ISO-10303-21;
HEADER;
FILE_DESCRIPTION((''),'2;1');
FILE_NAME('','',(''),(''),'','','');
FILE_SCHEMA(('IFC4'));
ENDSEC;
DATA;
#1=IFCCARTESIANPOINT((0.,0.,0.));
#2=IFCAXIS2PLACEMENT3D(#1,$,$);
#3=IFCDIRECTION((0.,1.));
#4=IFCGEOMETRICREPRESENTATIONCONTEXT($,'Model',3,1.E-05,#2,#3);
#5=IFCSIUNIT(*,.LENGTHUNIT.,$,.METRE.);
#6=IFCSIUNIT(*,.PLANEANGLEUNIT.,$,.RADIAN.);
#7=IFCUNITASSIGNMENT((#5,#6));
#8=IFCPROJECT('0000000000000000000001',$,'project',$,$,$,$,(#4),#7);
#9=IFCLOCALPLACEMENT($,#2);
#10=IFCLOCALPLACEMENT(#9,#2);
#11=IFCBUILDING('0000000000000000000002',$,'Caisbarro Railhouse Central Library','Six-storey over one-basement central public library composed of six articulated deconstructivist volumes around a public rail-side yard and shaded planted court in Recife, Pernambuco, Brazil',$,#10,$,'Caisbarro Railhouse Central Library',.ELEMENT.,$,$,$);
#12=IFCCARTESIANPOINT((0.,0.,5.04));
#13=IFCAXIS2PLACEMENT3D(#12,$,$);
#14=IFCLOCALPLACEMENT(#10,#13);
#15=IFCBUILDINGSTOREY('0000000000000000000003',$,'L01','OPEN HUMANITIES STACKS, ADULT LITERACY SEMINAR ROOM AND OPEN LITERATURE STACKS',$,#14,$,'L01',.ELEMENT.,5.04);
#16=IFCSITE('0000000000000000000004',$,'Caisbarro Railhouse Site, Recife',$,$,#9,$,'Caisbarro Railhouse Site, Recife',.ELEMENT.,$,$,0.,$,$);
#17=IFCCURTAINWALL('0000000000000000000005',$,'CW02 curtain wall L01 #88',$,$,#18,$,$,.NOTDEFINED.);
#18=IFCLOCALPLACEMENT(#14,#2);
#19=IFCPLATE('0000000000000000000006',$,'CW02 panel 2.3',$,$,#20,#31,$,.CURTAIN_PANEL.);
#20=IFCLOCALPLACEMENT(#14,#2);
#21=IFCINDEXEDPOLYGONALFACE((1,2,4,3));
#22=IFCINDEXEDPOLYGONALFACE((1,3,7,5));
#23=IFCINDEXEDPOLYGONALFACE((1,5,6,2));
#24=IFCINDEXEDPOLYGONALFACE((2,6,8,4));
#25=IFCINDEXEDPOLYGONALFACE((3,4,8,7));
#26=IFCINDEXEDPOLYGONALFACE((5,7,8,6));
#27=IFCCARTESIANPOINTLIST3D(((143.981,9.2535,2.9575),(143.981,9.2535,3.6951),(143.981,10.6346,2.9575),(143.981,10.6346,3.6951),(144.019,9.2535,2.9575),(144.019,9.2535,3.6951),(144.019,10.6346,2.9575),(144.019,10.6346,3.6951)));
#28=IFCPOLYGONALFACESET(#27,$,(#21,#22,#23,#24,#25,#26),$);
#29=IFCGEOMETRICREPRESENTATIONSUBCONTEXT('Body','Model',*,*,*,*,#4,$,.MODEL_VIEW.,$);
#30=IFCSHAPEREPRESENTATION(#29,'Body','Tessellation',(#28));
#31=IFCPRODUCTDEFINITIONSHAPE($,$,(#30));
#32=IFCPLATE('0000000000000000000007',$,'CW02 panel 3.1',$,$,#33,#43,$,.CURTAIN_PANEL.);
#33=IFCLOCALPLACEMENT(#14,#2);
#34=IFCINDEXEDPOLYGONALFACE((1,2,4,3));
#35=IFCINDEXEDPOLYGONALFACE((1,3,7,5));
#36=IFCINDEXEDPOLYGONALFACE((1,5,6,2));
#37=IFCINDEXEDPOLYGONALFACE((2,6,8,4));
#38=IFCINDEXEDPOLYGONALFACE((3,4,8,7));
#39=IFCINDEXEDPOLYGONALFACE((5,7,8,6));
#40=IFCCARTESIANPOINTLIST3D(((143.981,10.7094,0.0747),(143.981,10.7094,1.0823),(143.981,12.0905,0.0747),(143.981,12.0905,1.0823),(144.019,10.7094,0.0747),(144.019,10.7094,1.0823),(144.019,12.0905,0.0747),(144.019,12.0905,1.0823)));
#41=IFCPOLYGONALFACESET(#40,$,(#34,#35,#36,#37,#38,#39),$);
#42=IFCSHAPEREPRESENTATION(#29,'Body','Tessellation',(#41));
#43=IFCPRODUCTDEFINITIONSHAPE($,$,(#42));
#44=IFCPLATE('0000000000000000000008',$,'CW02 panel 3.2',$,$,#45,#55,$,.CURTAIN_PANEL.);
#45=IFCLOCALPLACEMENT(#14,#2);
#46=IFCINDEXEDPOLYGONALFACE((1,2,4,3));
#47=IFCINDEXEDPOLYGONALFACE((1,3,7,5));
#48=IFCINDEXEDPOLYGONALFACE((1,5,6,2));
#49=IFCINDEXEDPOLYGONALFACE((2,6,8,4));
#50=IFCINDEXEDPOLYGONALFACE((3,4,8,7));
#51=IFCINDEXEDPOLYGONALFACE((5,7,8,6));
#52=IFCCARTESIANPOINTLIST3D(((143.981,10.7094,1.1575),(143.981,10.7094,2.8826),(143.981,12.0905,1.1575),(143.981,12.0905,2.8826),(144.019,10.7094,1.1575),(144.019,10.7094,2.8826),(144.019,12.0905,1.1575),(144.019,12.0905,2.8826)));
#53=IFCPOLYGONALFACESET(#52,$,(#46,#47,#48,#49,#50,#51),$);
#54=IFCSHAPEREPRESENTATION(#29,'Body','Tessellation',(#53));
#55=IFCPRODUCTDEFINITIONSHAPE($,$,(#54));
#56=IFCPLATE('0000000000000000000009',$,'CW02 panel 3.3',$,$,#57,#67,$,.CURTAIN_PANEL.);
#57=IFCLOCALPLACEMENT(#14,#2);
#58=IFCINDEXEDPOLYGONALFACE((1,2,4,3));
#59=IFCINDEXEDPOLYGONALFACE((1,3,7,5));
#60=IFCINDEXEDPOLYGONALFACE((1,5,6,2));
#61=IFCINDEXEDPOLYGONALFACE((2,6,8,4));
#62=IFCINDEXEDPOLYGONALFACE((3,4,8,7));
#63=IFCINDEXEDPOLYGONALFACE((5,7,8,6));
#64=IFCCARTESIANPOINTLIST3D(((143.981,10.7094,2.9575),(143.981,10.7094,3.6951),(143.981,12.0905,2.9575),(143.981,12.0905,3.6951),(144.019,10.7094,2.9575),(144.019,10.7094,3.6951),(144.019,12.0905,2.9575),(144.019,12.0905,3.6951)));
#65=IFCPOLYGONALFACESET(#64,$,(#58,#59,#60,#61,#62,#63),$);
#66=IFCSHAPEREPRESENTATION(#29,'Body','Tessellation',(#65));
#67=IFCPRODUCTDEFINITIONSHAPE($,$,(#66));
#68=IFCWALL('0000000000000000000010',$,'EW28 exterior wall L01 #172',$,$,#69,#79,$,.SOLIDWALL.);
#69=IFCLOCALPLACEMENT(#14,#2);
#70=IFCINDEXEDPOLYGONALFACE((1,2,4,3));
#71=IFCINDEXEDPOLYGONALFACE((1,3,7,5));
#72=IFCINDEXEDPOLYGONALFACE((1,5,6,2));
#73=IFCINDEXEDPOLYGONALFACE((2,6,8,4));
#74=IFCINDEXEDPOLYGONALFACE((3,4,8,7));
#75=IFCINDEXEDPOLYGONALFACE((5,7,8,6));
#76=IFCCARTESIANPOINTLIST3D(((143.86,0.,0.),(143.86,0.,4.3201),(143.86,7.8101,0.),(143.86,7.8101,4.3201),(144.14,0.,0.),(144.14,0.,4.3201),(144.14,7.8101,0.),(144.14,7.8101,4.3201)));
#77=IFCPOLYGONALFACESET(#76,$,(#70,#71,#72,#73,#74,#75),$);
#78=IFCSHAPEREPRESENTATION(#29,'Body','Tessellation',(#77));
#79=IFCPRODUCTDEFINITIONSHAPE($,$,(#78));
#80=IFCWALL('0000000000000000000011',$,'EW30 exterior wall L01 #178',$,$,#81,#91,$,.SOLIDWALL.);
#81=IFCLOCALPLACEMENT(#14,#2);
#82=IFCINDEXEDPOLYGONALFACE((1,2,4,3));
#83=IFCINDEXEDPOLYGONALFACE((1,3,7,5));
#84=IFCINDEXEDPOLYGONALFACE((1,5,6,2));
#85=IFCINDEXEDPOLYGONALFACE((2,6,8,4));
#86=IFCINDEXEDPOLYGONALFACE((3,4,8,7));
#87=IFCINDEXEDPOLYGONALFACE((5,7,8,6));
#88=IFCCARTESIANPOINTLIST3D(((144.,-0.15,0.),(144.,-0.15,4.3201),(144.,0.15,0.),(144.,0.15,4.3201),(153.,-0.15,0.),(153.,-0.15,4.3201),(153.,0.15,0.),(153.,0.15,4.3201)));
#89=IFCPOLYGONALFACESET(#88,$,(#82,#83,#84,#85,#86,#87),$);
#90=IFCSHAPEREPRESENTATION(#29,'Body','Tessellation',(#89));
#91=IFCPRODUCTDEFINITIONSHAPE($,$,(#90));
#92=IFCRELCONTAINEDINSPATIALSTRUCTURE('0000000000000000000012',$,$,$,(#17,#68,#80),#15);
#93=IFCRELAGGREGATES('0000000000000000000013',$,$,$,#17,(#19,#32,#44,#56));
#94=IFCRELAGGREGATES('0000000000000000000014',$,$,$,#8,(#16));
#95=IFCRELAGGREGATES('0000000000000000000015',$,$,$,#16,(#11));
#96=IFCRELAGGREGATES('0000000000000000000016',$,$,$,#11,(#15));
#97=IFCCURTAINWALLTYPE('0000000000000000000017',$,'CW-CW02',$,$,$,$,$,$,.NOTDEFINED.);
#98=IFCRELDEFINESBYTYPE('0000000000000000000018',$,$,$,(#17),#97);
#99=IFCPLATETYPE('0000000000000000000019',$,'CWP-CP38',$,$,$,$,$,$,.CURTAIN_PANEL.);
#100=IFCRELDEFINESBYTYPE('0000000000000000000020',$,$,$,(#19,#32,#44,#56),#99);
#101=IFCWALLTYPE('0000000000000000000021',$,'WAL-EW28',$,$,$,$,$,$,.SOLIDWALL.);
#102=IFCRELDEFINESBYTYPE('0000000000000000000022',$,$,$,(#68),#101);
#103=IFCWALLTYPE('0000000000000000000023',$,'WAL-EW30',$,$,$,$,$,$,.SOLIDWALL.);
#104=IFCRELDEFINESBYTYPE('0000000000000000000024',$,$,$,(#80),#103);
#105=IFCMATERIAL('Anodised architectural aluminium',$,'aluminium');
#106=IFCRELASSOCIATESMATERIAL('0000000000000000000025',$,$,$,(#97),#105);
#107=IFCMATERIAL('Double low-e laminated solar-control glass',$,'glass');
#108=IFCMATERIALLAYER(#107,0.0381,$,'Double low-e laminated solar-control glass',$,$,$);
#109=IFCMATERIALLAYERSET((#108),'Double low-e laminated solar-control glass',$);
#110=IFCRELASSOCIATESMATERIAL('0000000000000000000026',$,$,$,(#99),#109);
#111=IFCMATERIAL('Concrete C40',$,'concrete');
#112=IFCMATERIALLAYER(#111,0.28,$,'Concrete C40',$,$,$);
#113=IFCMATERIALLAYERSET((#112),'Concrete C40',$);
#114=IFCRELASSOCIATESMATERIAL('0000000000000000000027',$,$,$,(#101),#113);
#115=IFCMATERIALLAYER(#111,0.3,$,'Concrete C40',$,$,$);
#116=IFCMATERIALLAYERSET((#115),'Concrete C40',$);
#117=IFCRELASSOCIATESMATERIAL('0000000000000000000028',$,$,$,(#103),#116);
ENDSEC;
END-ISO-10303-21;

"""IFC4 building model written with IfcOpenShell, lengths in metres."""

from ifc_helpers import new_model, si_unit, direction, frame, frame_2d, origin, origin_2d, place, context, subcontext, project, spatial, rectangle, extrude, material, layer, layer_set, type_object, element, aggregate, save


model = new_model("IFC4")

# Units and contexts
model_context = context("Model", 3, precision=1e-05, world=origin(), true_north=direction((0.0, 1.0)))
body_context = subcontext(model_context, "Body", "Model", "MODEL_VIEW")
ifc_project = project(units=[si_unit("LENGTHUNIT", "METRE"), si_unit("PLANEANGLEUNIT", "RADIAN")], contexts=[model_context])

# Site, building, storey
site_placement = place(None, origin())
site = spatial("IfcSite", under=ifc_project, at=site_placement, Name="Caisbarro Railhouse Site, Recife", LongName="Caisbarro Railhouse Site, Recife", CompositionType="ELEMENT", RefElevation=0.0)
building_placement = place(site_placement, origin())
building = spatial("IfcBuilding", under=site, at=building_placement, Name="Caisbarro Railhouse Central Library", Description="Six-storey over one-basement central public library composed of six articulated deconstructivist volumes around a public rail-side yard and shaded planted court in Recife, Pernambuco, Brazil", LongName="Caisbarro Railhouse Central Library", CompositionType="ELEMENT")
storey_placement = place(building_placement, frame((0.0, 0.0, 5.04)))
storey = spatial("IfcBuildingStorey", under=building, at=storey_placement, Name="L01", Description="OPEN HUMANITIES STACKS, ADULT LITERACY SEMINAR ROOM AND OPEN LITERATURE STACKS", LongName="L01", CompositionType="ELEMENT", Elevation=5.04)

# Curtain wall, plates
ifc_material_1 = material(Name="Anodised architectural aluminium", Category="aluminium")
curtain_wall_type = type_object("IfcCurtainWallType", Name="CW-CW02", PredefinedType="NOTDEFINED", material=ifc_material_1)
curtain_wall_placement = place(storey_placement, origin())
curtain_wall = element("IfcCurtainWall", 1, at=curtain_wall_placement, inside=storey, type_object=curtain_wall_type, Name="CW02 curtain wall L01 #88", PredefinedType="NOTDEFINED")
ifc_material_2 = material(Name="Double low-e laminated solar-control glass", Category="glass")
ifc_layer_1 = layer(ifc_material_2, 0.0381, Name="Double low-e laminated solar-control glass")
ifc_layer_set_1 = layer_set([ifc_layer_1], Name="Double low-e laminated solar-control glass")
plate_type = type_object("IfcPlateType", Name="CWP-CP38", PredefinedType="CURTAIN_PANEL", material=ifc_layer_set_1)
plate_1_placement = place(storey_placement, frame((144.0, 9.9441, 2.9575), z_axis=(0.0, 0.0, 1.0), x_axis=(0.0, 1.0, 0.0)))
plate_1 = element("IfcPlate", 2, at=plate_1_placement, type_object=plate_type, Name="CW02 panel 2.3", PredefinedType="CURTAIN_PANEL", context=body_context, shape_type="SweptSolid", body=[
    extrude(rectangle(XDim=1.3811, YDim=0.0381, at=origin_2d()), origin(), (0.0, 0.0, 1.0), 0.7375),
])
plate_2_placement = place(storey_placement, frame((144.0, 11.3999, 0.0747), z_axis=(0.0, 0.0, 1.0), x_axis=(0.0, 1.0, 0.0)))
plate_2 = element("IfcPlate", 3, at=plate_2_placement, type_object=plate_type, Name="CW02 panel 3.1", PredefinedType="CURTAIN_PANEL", context=body_context, shape_type="SweptSolid", body=[
    extrude(rectangle(XDim=1.3811, YDim=0.0381, at=origin_2d()), origin(), (0.0, 0.0, 1.0), 1.0076),
])
plate_3_placement = place(storey_placement, frame((144.0, 11.3999, 1.1575), z_axis=(0.0, 0.0, 1.0), x_axis=(0.0, 1.0, 0.0)))
plate_3 = element("IfcPlate", 4, at=plate_3_placement, type_object=plate_type, Name="CW02 panel 3.2", PredefinedType="CURTAIN_PANEL", context=body_context, shape_type="SweptSolid", body=[
    extrude(rectangle(XDim=1.3811, YDim=0.0381, at=origin_2d()), origin(), (0.0, 0.0, 1.0), 1.7251),
])
plate_4_placement = place(storey_placement, frame((144.0, 11.3999, 2.9575), z_axis=(0.0, 0.0, 1.0), x_axis=(0.0, 1.0, 0.0)))
plate_4 = element("IfcPlate", 5, at=plate_4_placement, type_object=plate_type, Name="CW02 panel 3.3", PredefinedType="CURTAIN_PANEL", context=body_context, shape_type="SweptSolid", body=[
    extrude(rectangle(XDim=1.3811, YDim=0.0381, at=origin_2d()), origin(), (0.0, 0.0, 1.0), 0.7375),
])
aggregate(curtain_wall, [plate_1, plate_2, plate_3, plate_4])

# Walls
ifc_material_3 = material(Name="Concrete C40", Category="concrete")
ifc_layer_2 = layer(ifc_material_3, 0.28, Name="Concrete C40")
ifc_layer_set_2 = layer_set([ifc_layer_2], Name="Concrete C40")
wall_type_1 = type_object("IfcWallType", Name="WAL-EW28", PredefinedType="SOLIDWALL", material=ifc_layer_set_2)
wall_1_placement = place(storey_placement, frame((144.0, 0.0, 0.0), z_axis=(0.0, 0.0, 1.0), x_axis=(0.0, 1.0, 0.0)))
element("IfcWall", 6, at=wall_1_placement, inside=storey, type_object=wall_type_1, Name="EW28 exterior wall L01 #172", PredefinedType="SOLIDWALL", context=body_context, shape_type="SweptSolid", body=[
    extrude(rectangle(XDim=7.8101, YDim=0.28, at=frame_2d((3.905, 0.0))), origin(), (0.0, 0.0, 1.0), 4.3201),
])
ifc_layer_3 = layer(ifc_material_3, 0.3, Name="Concrete C40")
ifc_layer_set_3 = layer_set([ifc_layer_3], Name="Concrete C40")
wall_type_2 = type_object("IfcWallType", Name="WAL-EW30", PredefinedType="SOLIDWALL", material=ifc_layer_set_3)
wall_2_placement = place(storey_placement, frame((144.0, 0.0, 0.0), z_axis=(0.0, 0.0, 1.0), x_axis=(1.0, 0.0, 0.0)))
element("IfcWall", 7, at=wall_2_placement, inside=storey, type_object=wall_type_2, Name="EW30 exterior wall L01 #178", PredefinedType="SOLIDWALL", context=body_context, shape_type="SweptSolid", body=[
    extrude(rectangle(XDim=9.0, YDim=0.3, at=frame_2d((4.5, 0.0))), origin(), (0.0, 0.0, 1.0), 4.3201),
])

save(model, "model.ifc")
